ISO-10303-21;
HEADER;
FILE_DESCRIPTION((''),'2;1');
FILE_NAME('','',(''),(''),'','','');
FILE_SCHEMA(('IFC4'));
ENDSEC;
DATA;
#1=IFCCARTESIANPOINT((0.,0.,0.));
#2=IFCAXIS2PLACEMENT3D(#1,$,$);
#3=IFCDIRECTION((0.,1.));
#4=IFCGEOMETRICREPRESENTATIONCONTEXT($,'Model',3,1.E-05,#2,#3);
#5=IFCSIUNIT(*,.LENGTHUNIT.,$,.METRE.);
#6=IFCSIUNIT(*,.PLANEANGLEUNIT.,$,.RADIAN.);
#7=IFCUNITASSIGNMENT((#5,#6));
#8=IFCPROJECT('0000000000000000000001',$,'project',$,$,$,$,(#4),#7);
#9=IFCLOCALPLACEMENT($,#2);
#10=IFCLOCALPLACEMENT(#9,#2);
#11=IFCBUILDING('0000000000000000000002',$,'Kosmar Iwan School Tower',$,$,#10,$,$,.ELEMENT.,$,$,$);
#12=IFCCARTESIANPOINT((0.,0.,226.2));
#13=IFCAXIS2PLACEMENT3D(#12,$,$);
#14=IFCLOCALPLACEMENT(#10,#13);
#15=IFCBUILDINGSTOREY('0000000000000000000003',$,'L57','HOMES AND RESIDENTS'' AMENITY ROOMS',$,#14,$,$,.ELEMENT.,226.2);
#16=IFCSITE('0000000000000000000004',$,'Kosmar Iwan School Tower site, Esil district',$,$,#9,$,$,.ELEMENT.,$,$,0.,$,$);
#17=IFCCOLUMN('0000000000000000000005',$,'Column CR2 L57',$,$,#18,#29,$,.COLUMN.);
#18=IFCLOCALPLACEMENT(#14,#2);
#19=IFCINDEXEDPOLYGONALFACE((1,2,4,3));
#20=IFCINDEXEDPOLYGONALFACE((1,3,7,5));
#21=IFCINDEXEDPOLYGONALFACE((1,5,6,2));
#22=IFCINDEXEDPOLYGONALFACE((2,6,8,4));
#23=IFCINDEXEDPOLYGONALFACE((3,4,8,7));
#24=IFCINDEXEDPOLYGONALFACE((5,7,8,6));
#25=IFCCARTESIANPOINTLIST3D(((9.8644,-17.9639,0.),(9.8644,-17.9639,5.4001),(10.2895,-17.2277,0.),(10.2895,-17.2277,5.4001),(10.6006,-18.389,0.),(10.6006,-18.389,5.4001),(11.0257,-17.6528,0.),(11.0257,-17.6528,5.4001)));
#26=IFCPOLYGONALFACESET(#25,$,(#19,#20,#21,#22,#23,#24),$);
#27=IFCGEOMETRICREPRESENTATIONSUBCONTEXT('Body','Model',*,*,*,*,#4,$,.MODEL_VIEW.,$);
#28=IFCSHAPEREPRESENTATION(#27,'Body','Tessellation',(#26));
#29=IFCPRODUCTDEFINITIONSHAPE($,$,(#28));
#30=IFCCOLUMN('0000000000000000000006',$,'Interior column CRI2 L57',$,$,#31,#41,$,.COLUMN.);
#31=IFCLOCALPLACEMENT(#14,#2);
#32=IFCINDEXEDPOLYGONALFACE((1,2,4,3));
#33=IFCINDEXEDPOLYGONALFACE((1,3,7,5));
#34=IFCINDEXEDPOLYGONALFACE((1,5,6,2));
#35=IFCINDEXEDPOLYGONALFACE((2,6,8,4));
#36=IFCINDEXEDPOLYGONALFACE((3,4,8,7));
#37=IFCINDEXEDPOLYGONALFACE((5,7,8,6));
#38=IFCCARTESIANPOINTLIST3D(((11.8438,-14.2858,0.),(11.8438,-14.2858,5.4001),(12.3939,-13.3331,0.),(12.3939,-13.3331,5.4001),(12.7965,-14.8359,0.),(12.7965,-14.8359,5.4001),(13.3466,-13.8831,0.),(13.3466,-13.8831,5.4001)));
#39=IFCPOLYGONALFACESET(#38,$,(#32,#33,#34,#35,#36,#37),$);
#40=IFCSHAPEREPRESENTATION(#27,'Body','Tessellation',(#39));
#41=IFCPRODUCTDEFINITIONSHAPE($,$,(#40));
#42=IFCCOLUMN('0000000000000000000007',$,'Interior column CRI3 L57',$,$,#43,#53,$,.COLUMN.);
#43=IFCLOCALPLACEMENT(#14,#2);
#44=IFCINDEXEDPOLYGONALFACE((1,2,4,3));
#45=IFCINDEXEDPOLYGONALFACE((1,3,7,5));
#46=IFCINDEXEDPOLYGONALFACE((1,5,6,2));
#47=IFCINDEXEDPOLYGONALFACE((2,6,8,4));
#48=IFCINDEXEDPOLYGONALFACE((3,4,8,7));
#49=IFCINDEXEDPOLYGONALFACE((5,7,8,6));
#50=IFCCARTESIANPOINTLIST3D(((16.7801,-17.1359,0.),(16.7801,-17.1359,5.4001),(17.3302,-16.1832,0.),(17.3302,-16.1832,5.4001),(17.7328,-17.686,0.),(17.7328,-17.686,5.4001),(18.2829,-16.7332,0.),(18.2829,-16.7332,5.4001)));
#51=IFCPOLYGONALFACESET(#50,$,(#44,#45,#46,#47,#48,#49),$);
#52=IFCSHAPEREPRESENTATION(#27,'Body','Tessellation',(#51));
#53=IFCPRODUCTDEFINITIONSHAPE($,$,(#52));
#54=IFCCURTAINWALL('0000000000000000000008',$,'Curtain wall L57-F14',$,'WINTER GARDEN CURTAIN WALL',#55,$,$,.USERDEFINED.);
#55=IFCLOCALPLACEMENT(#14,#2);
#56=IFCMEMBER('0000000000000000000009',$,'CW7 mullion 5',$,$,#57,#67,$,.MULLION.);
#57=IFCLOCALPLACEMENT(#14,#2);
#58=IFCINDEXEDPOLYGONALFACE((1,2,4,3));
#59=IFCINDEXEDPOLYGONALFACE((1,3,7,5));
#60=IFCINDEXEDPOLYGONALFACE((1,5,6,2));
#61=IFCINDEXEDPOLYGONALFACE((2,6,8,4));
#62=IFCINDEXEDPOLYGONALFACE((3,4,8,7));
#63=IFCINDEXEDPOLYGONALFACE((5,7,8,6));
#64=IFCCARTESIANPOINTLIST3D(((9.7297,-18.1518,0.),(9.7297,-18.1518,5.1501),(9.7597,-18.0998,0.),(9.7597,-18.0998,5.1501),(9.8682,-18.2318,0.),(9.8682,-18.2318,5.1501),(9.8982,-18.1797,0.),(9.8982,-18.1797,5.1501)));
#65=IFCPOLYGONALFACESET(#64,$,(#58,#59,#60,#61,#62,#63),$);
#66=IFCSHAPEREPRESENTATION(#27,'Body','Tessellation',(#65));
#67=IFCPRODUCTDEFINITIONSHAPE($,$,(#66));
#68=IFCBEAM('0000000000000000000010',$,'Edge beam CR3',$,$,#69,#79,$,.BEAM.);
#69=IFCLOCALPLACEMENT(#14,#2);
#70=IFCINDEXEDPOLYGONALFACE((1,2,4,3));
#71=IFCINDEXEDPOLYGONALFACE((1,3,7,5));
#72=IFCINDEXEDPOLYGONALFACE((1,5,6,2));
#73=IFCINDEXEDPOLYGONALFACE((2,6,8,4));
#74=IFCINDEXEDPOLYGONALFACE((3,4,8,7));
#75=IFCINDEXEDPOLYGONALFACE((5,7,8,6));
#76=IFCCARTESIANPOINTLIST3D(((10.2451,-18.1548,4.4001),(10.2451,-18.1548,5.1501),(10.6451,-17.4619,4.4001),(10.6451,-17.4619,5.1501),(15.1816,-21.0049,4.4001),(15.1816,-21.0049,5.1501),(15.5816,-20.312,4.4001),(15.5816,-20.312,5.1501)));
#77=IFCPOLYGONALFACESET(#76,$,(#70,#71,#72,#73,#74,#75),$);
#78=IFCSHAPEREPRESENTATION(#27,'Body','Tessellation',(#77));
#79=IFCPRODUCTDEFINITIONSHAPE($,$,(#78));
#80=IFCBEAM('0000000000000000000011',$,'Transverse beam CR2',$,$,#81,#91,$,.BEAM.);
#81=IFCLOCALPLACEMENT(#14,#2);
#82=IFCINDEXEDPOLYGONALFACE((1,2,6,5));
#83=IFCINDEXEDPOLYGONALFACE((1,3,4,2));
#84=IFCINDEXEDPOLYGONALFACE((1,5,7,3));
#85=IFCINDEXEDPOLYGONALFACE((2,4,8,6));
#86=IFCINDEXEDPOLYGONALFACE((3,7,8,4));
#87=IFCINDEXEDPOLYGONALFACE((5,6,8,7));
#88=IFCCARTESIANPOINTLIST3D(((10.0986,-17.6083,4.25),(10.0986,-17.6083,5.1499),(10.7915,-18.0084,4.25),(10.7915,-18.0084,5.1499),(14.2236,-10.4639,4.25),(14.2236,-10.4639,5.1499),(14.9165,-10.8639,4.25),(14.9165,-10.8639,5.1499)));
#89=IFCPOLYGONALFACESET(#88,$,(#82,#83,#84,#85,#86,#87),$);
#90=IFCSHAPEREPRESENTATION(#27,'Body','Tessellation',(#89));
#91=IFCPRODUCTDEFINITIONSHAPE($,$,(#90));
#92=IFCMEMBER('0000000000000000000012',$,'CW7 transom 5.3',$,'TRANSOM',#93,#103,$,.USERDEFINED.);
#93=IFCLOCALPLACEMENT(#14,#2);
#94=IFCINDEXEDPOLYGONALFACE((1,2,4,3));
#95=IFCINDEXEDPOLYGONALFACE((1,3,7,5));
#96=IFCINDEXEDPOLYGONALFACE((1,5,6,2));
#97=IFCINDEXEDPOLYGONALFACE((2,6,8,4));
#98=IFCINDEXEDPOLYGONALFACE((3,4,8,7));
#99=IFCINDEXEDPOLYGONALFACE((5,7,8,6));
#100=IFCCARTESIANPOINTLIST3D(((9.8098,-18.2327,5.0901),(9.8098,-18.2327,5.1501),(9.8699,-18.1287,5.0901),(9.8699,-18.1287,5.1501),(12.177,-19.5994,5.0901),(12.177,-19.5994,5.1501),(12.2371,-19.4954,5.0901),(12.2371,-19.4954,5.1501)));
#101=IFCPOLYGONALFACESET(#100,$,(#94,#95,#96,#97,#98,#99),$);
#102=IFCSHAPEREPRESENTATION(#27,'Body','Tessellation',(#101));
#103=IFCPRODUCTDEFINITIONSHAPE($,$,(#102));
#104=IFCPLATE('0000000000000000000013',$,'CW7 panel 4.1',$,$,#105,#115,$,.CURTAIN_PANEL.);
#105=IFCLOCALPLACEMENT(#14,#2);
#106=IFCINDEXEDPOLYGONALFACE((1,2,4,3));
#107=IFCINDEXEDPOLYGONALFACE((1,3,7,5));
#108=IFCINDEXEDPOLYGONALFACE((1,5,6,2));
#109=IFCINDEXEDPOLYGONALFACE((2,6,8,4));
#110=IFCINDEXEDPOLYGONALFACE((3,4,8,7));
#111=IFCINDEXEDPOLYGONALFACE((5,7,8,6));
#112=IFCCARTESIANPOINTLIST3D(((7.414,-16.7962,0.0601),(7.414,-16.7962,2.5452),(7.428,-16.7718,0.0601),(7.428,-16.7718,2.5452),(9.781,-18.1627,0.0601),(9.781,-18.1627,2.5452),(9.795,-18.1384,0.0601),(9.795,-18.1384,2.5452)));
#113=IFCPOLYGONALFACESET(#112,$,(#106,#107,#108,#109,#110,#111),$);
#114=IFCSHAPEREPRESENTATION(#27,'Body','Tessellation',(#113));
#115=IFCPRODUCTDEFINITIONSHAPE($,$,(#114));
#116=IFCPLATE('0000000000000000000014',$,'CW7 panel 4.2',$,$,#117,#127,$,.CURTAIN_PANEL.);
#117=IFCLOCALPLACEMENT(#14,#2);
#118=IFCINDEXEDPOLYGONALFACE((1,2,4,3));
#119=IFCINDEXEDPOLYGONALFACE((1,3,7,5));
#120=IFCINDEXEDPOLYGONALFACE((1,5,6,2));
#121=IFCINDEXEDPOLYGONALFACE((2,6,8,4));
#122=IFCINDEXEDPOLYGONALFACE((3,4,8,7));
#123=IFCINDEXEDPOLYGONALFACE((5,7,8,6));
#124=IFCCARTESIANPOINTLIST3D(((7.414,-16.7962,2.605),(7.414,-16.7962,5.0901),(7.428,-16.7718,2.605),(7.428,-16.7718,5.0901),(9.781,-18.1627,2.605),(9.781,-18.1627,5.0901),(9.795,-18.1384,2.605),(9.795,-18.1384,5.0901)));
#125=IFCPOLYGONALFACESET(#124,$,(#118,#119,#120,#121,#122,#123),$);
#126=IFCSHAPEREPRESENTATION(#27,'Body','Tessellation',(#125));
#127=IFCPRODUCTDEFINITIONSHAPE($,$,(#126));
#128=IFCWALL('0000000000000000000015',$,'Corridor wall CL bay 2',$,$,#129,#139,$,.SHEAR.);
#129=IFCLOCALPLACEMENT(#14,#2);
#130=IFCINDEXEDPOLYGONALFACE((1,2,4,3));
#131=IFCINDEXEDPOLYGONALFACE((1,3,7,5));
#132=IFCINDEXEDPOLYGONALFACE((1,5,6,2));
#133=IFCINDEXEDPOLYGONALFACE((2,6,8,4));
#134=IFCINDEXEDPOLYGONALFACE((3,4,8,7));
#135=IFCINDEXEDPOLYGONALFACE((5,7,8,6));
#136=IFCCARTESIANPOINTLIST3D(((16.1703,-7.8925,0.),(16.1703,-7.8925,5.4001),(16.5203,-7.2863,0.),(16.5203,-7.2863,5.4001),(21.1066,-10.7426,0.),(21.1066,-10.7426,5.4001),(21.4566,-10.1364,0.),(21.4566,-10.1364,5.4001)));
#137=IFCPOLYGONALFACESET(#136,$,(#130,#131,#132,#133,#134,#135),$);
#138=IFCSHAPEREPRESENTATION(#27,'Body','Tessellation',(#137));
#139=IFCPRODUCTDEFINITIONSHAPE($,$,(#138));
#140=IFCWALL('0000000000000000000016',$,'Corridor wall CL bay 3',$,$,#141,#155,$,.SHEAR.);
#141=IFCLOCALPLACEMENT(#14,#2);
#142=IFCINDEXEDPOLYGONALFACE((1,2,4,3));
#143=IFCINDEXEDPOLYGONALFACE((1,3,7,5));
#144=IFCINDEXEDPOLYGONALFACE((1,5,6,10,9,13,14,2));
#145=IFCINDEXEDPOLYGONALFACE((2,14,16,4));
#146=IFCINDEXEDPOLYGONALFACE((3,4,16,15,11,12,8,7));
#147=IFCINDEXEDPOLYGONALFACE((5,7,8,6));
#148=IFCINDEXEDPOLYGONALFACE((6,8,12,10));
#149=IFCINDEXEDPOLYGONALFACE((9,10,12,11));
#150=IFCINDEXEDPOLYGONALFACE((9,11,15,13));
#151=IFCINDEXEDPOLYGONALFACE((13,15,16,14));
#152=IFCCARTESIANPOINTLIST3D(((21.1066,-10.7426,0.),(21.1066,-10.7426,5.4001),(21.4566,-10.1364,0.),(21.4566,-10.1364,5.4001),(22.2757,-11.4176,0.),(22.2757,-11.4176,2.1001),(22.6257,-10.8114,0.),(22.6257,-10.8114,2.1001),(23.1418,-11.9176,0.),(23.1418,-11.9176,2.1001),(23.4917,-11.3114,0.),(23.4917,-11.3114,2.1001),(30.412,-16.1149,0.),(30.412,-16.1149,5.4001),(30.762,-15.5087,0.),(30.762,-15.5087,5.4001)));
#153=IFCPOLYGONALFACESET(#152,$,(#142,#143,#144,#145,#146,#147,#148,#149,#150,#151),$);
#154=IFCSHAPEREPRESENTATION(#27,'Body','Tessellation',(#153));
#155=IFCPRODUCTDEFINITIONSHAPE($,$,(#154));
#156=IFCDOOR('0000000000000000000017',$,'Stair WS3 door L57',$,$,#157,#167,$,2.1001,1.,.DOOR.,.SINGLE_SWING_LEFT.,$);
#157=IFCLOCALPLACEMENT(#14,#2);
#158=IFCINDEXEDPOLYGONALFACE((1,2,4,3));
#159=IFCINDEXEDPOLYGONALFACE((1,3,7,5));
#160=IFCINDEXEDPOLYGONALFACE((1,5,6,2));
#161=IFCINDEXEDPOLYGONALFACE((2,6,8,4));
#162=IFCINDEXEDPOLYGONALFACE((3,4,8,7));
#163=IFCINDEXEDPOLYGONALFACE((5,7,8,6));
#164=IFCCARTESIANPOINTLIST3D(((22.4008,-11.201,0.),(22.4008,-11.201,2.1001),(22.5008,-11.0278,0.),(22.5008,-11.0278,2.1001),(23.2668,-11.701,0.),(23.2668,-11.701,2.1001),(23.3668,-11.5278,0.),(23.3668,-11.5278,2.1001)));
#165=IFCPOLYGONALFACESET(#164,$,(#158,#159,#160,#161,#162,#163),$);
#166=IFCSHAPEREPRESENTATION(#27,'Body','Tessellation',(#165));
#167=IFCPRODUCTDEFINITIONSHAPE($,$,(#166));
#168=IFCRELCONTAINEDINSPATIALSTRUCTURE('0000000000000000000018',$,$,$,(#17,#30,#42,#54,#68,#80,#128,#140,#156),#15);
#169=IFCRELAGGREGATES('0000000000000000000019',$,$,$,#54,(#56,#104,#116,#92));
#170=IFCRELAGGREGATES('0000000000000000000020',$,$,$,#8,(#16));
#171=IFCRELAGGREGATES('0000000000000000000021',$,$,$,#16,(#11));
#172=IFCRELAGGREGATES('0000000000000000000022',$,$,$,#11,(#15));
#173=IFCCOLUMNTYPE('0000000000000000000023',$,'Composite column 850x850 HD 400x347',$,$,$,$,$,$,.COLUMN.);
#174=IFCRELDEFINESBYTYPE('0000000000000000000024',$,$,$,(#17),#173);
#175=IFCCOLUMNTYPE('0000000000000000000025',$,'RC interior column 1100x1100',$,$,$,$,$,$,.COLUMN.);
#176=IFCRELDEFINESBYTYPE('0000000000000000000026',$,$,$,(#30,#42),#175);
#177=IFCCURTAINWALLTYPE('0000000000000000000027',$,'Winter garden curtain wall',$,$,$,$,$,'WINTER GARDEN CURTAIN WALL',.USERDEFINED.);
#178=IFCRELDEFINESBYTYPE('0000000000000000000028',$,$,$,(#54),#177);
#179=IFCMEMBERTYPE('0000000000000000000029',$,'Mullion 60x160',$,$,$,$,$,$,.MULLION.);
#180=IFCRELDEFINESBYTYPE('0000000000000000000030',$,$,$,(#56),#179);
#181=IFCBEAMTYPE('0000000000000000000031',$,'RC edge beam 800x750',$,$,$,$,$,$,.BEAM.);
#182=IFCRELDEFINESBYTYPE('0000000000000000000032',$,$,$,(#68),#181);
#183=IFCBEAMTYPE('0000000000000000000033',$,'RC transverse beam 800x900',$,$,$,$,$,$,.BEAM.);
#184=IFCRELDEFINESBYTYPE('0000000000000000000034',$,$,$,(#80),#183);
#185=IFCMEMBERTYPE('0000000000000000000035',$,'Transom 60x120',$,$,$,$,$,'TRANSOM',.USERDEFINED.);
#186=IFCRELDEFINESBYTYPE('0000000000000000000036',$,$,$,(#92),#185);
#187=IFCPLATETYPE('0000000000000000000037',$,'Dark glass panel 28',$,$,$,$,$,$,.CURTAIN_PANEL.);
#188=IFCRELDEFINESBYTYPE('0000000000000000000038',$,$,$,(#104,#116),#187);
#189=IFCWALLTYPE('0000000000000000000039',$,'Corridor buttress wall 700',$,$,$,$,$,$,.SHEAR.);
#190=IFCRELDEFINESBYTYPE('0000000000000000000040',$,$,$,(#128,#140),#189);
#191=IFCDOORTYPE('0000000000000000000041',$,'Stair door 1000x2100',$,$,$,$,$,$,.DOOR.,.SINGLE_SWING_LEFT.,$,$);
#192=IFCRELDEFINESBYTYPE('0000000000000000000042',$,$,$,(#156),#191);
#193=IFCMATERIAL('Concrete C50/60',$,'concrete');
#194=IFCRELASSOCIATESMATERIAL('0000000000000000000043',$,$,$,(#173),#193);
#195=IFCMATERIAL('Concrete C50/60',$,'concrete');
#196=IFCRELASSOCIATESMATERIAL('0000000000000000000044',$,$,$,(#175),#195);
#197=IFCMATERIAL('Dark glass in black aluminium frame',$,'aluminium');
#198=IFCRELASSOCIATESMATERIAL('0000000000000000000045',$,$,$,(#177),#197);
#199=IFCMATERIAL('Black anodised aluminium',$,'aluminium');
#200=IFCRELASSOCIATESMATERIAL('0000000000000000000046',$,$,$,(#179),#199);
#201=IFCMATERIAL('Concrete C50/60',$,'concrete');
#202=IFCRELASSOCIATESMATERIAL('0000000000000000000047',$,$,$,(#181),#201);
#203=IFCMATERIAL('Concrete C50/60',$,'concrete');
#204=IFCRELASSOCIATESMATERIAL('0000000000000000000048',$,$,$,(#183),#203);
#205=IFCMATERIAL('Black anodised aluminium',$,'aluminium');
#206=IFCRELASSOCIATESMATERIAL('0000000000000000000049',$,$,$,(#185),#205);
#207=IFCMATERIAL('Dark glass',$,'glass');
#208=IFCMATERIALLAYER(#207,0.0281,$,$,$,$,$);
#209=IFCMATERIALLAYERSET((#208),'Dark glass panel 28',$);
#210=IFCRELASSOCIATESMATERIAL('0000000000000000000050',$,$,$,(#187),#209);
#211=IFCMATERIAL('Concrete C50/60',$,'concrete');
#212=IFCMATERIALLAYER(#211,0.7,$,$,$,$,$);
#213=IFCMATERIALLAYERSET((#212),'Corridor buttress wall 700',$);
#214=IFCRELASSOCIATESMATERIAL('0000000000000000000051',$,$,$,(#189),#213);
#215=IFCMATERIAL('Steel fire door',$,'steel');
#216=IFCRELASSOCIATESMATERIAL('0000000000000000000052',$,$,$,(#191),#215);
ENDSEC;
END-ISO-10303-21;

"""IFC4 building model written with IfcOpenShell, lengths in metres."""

from ifc_helpers import new_model, si_unit, direction, frame, frame_2d, origin, origin_2d, place, context, subcontext, project, spatial, rectangle, extrude, material, layer, layer_set, material_profile, profile_set, type_object, element, fill, aggregate, save


model = new_model("IFC4")

# Units and contexts
model_context = context("Model", 3, precision=1e-05, world=origin(), true_north=direction((0.0, 1.0)))
body_context = subcontext(model_context, "Body", "Model", "MODEL_VIEW")
ifc_project = project(units=[si_unit("LENGTHUNIT", "METRE"), si_unit("PLANEANGLEUNIT", "RADIAN")], contexts=[model_context])

# Site, building, storey
site_placement = place(None, origin())
site = spatial("IfcSite", under=ifc_project, at=site_placement, Name="Kosmar Iwan School Tower site, Esil district", CompositionType="ELEMENT", RefElevation=0.0)
building_placement = place(site_placement, origin())
building = spatial("IfcBuilding", under=site, at=building_placement, Name="Kosmar Iwan School Tower", CompositionType="ELEMENT")
storey_placement = place(building_placement, frame((0.0, 0.0, 226.2)))
storey = spatial("IfcBuildingStorey", under=building, at=storey_placement, Name="L57", Description="HOMES AND RESIDENTS' AMENITY ROOMS", CompositionType="ELEMENT", Elevation=226.2)

# Columns
ifc_material_1 = material(Name="Concrete C50/60", Category="concrete")
ifc_material_profile_1 = material_profile(ifc_material_1, rectangle(XDim=0.8501, YDim=0.8501, at=origin_2d()), Name="RC 850x850 + HD 400x347")
ifc_profile_set_1 = profile_set([ifc_material_profile_1], Name="Concrete C50/60")
column_type_1 = type_object("IfcColumnType", Name="Composite column 850x850 HD 400x347", PredefinedType="COLUMN", material=ifc_profile_set_1)
column_placement = place(storey_placement, frame((10.4451, -17.8083, 0.0), z_axis=(0.0, 0.0, 1.0), x_axis=(0.866025, -0.5, 0.0)))
element("IfcColumn", 1, at=column_placement, inside=storey, type_object=column_type_1, Name="Column CR2 L57", PredefinedType="COLUMN", context=body_context, shape_type="SweptSolid", body=[
    extrude(rectangle(XDim=0.8501, YDim=0.8501, at=origin_2d()), origin(), (0.0, 0.0, 1.0), 5.4001),
])
ifc_material_2 = material(Name="Concrete C50/60", Category="concrete")
ifc_material_profile_2 = material_profile(ifc_material_2, rectangle(XDim=1.1001, YDim=1.1001, at=origin_2d()), Name="RC 1100x1100")
ifc_profile_set_2 = profile_set([ifc_material_profile_2], Name="Concrete C50/60")
column_type_2 = type_object("IfcColumnType", Name="RC interior column 1100x1100", PredefinedType="COLUMN", material=ifc_profile_set_2)
for number, where, z_axis, x_axis, name in (
    (2, (12.5952, -14.0845, 0.0), (0.0, 0.0, 1.0), (0.866025, -0.5, 0.0), "Interior column CRI2 L57"),
    (3, (17.5315, -16.9346, 0.0), (0.0, 0.0, 1.0), (0.866025, -0.5, 0.0), "Interior column CRI3 L57"),
):
    element("IfcColumn", number, at=place(storey_placement, frame(where, z_axis=z_axis, x_axis=x_axis)), inside=storey, type_object=column_type_2, Name=name, PredefinedType="COLUMN", context=body_context, shape_type="SweptSolid", body=[
        extrude(rectangle(XDim=1.1001, YDim=1.1001, at=origin_2d()), origin(), (0.0, 0.0, 1.0), 5.4001),
    ])

# Curtain wall, member
ifc_material_3 = material(Name="Dark glass in black aluminium frame", Category="aluminium")
curtain_wall_type = type_object("IfcCurtainWallType", Name="Winter garden curtain wall", ElementType="WINTER GARDEN CURTAIN WALL", PredefinedType="USERDEFINED", material=ifc_material_3)
curtain_wall_placement = place(storey_placement, origin())
curtain_wall = element("IfcCurtainWall", 4, at=curtain_wall_placement, inside=storey, type_object=curtain_wall_type, Name="Curtain wall L57-F14", ObjectType="WINTER GARDEN CURTAIN WALL", PredefinedType="USERDEFINED")
ifc_material_4 = material(Name="Black anodised aluminium", Category="aluminium")
ifc_material_profile_3 = material_profile(ifc_material_4, rectangle(XDim=0.0601, YDim=0.1599, at=origin_2d()), Name="MULLION 60x160")
ifc_profile_set_3 = profile_set([ifc_material_profile_3], Name="Black anodised aluminium")
member_type_1 = type_object("IfcMemberType", Name="Mullion 60x160", PredefinedType="MULLION", material=ifc_profile_set_3)
member_1_placement = place(storey_placement, frame((9.814, -18.1658, 0.0), z_axis=(0.0, 0.0, 1.0), x_axis=(0.5, 0.866025, 0.0)))
member_1 = element("IfcMember", 5, at=member_1_placement, type_object=member_type_1, Name="CW7 mullion 5", PredefinedType="MULLION", context=body_context, shape_type="SweptSolid", body=[
    extrude(rectangle(XDim=0.0601, YDim=0.1599, at=origin_2d()), origin(), (0.0, 0.0, 1.0), 5.1501),
])

# Beams
ifc_material_5 = material(Name="Concrete C50/60", Category="concrete")
ifc_material_profile_4 = material_profile(ifc_material_5, rectangle(XDim=0.8, YDim=0.75, at=origin_2d()), Name="RC 800x750")
ifc_profile_set_4 = profile_set([ifc_material_profile_4], Name="Concrete C50/60")
beam_type_1 = type_object("IfcBeamType", Name="RC edge beam 800x750", PredefinedType="BEAM", material=ifc_profile_set_4)
beam_1_placement = place(storey_placement, frame((10.4451, -17.8083, 4.7751), z_axis=(0.866026, -0.499999, 0.0), x_axis=(0.499999, 0.866026, 0.0)))
element("IfcBeam", 6, at=beam_1_placement, inside=storey, type_object=beam_type_1, Name="Edge beam CR3", PredefinedType="BEAM", context=body_context, shape_type="SweptSolid", body=[
    extrude(rectangle(XDim=0.8, YDim=0.75, at=origin_2d()), origin(), (0.0, 0.0, 1.0), 5.7002),
])
ifc_material_6 = material(Name="Concrete C50/60", Category="concrete")
ifc_material_profile_5 = material_profile(ifc_material_6, rectangle(XDim=0.8, YDim=0.8999, at=origin_2d()), Name="RC 800x900")
ifc_profile_set_5 = profile_set([ifc_material_profile_5], Name="Concrete C50/60")
beam_type_2 = type_object("IfcBeamType", Name="RC transverse beam 800x900", PredefinedType="BEAM", material=ifc_profile_set_5)
beam_2_placement = place(storey_placement, frame((10.4451, -17.8083, 4.7), z_axis=(0.500009, 0.86602, 0.0), x_axis=(-0.86602, 0.500009, 0.0)))
element("IfcBeam", 7, at=beam_2_placement, inside=storey, type_object=beam_type_2, Name="Transverse beam CR2", PredefinedType="BEAM", context=body_context, shape_type="SweptSolid", body=[
    extrude(rectangle(XDim=0.8, YDim=0.8999, at=origin_2d()), origin(), (0.0, 0.0, 1.0), 8.2498),
])

# Member
ifc_material_7 = material(Name="Black anodised aluminium", Category="aluminium")
ifc_material_profile_6 = material_profile(ifc_material_7, rectangle(XDim=0.1201, YDim=0.0601, at=origin_2d()), Name="TRANSOM 60x120")
ifc_profile_set_6 = profile_set([ifc_material_profile_6], Name="Black anodised aluminium")
member_type_2 = type_object("IfcMemberType", Name="Transom 60x120", ElementType="TRANSOM", PredefinedType="USERDEFINED", material=ifc_profile_set_6)
member_2_placement = place(storey_placement, frame((9.8398, -18.1807, 5.1201), z_axis=(0.866025, -0.500001, 0.0), x_axis=(0.500001, 0.866025, 0.0)))
member_2 = element("IfcMember", 8, at=member_2_placement, type_object=member_type_2, Name="CW7 transom 5.3", ObjectType="TRANSOM", PredefinedType="USERDEFINED", context=body_context, shape_type="SweptSolid", body=[
    extrude(rectangle(XDim=0.1201, YDim=0.0601, at=origin_2d()), origin(), (0.0, 0.0, 1.0), 2.7334),
])

# Plates
ifc_material_8 = material(Name="Dark glass", Category="glass")
ifc_layer_1 = layer(ifc_material_8, 0.0281)
ifc_layer_set_1 = layer_set([ifc_layer_1], Name="Dark glass panel 28")
plate_type = type_object("IfcPlateType", Name="Dark glass panel 28", PredefinedType="CURTAIN_PANEL", material=ifc_layer_set_1)
plate_1_placement = place(storey_placement, frame((8.6045, -17.4673, 0.0601), z_axis=(0.0, 0.0, 1.0), x_axis=(0.866025, -0.5, 0.0)))
plate_1 = element("IfcPlate", 9, at=plate_1_placement, type_object=plate_type, Name="CW7 panel 4.1", PredefinedType="CURTAIN_PANEL", context=body_context, shape_type="SweptSolid", body=[
    extrude(rectangle(XDim=2.7332, YDim=0.0281, at=origin_2d()), origin(), (0.0, 0.0, 1.0), 2.4851),
])
plate_2_placement = place(storey_placement, frame((8.6045, -17.4673, 2.605), z_axis=(0.0, 0.0, 1.0), x_axis=(0.866025, -0.5, 0.0)))
plate_2 = element("IfcPlate", 10, at=plate_2_placement, type_object=plate_type, Name="CW7 panel 4.2", PredefinedType="CURTAIN_PANEL", context=body_context, shape_type="SweptSolid", body=[
    extrude(rectangle(XDim=2.7332, YDim=0.0281, at=origin_2d()), origin(), (0.0, 0.0, 1.0), 2.4851),
])
aggregate(curtain_wall, [member_1, plate_1, plate_2, member_2])

# Wall
ifc_material_9 = material(Name="Concrete C50/60", Category="concrete")
ifc_layer_2 = layer(ifc_material_9, 0.7)
ifc_layer_set_2 = layer_set([ifc_layer_2], Name="Corridor buttress wall 700")
wall_type_1 = type_object("IfcWallType", Name="Corridor buttress wall 700", PredefinedType="SHEAR", material=ifc_layer_set_2)
wall_1_placement = place(storey_placement, frame((16.3452, -7.5894, 0.0), z_axis=(0.0, 0.0, 1.0), x_axis=(0.866015, -0.500018, 0.0)))
element("IfcWall", 11, at=wall_1_placement, inside=storey, type_object=wall_type_1, Name="Corridor wall CL bay 2", PredefinedType="SHEAR", context=body_context, shape_type="SweptSolid", body=[
    extrude(rectangle(XDim=5.7, YDim=0.7, at=frame_2d((2.8501, 0.0))), origin(), (0.0, 0.0, 1.0), 5.4001),
])

# Wall, opening, door
wall_2_placement = place(storey_placement, frame((21.2815, -10.4395, 0.0), z_axis=(0.0, 0.0, 1.0), x_axis=(0.866032, -0.499988, 0.0)))
wall_2 = element("IfcWall", 12, at=wall_2_placement, inside=storey, type_object=wall_type_1, Name="Corridor wall CL bay 3", PredefinedType="SHEAR", context=body_context, shape_type="SweptSolid", body=[
    extrude(rectangle(XDim=10.7449, YDim=0.7, at=frame_2d((5.3726, 0.0))), origin(), (0.0, 0.0, 1.0), 5.4001),
])
opening_1_placement = place(wall_2_placement, frame((1.3501, 0.0, 0.0)))
opening_1 = element("IfcOpeningElement", 13, at=opening_1_placement, cuts=wall_2, PredefinedType="OPENING", context=body_context, shape_type="SweptSolid", body=[
    extrude(rectangle(XDim=1.0, YDim=2.1001, at=frame_2d((0.5, 1.05))), frame((0.0, 0.3621, 0.0), z_axis=(0.0, -1.0, 0.0), x_axis=(1.0, 0.0, 0.0)), (0.0, 0.0, 1.0), 0.7239),
])
ifc_material_10 = material(Name="Steel fire door", Category="steel")
door_type_1 = type_object("IfcDoorType", Name="Stair door 1000x2100", OperationType="SINGLE_SWING_LEFT", PredefinedType="DOOR", material=ifc_material_10)
door_1_placement = place(opening_1_placement, origin())
door_1 = element("IfcDoor", 14, at=door_1_placement, inside=storey, type_object=door_type_1, Name="Stair WS3 door L57", OperationType="SINGLE_SWING_LEFT", OverallHeight=2.1001, OverallWidth=1.0, PredefinedType="DOOR", context=body_context, shape_type="SweptSolid", body=[
    extrude(rectangle(XDim=1.0, YDim=2.1001, at=frame_2d((0.5, 1.05))), frame((0.0, 0.1001, 0.0), z_axis=(0.0, -1.0, 0.0), x_axis=(1.0, 0.0, 0.0)), (0.0, 0.0, 1.0), 0.2),
])
fill(opening_1, door_1)

save(model, "model.ifc")
